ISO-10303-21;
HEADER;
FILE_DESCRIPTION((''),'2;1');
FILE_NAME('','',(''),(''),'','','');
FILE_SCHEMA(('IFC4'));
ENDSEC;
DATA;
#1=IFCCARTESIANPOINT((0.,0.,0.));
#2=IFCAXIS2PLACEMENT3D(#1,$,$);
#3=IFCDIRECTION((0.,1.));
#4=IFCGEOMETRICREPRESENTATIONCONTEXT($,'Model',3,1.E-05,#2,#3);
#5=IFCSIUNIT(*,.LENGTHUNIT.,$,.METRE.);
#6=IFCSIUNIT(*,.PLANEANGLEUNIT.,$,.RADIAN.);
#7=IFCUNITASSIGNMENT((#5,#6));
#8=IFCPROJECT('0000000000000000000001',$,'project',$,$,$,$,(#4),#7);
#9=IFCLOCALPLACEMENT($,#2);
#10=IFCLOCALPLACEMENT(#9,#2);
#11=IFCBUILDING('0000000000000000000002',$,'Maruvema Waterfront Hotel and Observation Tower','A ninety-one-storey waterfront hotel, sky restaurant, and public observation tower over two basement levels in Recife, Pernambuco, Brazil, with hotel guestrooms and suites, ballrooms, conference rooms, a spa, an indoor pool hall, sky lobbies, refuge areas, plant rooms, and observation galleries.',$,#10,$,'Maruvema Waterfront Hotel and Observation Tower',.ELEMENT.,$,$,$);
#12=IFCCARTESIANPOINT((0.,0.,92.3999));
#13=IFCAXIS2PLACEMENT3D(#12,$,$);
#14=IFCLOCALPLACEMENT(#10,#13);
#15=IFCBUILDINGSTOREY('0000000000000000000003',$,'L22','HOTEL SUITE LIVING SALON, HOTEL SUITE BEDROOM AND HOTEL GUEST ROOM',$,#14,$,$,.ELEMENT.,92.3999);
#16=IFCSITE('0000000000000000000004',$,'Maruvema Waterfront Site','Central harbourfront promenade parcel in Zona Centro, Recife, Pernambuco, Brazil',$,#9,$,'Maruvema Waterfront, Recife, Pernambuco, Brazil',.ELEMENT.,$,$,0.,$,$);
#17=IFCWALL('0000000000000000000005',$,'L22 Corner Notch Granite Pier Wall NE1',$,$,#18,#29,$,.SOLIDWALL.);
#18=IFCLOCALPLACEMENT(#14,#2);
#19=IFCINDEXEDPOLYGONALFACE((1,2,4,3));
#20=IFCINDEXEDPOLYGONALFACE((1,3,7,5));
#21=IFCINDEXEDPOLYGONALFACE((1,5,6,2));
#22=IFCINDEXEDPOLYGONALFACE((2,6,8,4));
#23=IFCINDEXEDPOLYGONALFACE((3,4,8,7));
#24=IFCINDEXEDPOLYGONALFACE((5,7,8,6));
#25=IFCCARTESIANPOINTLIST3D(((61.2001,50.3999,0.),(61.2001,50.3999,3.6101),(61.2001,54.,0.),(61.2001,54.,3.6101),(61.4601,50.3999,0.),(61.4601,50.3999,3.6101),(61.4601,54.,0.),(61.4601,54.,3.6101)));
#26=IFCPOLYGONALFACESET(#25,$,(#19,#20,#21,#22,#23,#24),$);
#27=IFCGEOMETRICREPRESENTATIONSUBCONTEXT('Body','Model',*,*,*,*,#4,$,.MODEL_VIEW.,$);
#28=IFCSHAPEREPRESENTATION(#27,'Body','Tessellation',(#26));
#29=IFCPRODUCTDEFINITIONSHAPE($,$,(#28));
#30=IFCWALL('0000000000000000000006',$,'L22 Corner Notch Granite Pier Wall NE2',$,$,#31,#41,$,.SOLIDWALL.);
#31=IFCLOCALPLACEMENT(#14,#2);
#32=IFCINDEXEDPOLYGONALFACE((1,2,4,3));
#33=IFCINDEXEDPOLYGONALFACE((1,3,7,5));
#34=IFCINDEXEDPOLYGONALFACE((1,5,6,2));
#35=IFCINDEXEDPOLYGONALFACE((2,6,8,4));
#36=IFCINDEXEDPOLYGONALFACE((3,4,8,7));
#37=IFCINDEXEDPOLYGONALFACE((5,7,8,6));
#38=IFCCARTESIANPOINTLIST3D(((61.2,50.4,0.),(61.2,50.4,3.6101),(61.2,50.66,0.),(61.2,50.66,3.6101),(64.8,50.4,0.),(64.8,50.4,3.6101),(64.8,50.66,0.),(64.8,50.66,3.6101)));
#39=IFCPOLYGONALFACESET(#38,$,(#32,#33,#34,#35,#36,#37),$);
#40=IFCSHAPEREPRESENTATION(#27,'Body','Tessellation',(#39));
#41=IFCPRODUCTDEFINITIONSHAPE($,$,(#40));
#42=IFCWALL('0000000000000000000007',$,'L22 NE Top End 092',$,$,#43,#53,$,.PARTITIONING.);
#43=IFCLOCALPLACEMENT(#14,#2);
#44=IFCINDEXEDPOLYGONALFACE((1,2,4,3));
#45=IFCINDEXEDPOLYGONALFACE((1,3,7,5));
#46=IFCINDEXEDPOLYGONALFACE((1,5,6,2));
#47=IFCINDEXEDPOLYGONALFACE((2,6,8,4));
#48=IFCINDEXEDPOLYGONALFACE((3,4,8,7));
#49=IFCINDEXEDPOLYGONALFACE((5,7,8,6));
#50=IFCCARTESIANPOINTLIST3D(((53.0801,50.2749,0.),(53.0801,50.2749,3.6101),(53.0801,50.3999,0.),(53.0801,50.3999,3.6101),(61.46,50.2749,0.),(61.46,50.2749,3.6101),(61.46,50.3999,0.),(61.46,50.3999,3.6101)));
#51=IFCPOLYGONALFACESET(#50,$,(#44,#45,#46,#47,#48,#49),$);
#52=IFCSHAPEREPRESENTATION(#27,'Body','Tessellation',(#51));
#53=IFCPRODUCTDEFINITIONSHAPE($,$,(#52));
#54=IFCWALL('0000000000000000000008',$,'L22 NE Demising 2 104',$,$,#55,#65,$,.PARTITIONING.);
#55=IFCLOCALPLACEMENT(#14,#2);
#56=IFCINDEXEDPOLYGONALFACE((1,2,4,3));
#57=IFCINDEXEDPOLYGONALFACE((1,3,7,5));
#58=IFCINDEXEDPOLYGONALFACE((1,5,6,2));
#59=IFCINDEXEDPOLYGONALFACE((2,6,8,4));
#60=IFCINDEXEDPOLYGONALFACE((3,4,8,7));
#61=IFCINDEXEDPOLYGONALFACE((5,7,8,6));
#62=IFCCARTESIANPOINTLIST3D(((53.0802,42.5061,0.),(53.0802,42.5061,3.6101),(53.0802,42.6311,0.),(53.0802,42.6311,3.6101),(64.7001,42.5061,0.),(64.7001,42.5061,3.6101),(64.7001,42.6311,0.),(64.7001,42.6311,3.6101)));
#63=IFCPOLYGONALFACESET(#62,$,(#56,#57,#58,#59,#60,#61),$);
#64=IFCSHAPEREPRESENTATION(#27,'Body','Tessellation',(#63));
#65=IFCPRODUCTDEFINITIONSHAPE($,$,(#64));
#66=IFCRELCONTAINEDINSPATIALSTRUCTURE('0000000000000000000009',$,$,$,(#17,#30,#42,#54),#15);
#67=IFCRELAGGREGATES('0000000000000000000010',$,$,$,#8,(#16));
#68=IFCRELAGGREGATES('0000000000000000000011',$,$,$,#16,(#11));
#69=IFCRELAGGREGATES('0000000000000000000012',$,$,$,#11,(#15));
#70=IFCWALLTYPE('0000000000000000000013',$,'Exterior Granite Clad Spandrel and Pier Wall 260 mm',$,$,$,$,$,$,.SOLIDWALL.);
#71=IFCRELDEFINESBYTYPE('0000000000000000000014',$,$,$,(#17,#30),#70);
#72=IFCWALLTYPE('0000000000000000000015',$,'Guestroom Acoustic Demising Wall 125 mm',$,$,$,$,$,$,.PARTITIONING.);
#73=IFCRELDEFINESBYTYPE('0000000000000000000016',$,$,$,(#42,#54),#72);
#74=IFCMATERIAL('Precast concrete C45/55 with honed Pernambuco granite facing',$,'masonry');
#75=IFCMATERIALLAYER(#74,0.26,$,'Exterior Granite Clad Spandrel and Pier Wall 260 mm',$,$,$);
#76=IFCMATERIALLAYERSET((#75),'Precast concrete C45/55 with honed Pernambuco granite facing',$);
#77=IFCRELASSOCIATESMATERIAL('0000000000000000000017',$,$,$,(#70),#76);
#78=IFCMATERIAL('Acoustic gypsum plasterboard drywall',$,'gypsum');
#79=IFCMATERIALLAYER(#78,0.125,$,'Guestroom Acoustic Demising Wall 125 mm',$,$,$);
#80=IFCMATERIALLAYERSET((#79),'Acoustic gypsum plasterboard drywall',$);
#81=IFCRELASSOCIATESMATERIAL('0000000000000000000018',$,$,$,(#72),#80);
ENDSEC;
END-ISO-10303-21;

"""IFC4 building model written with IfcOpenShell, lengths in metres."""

from ifc_helpers import new_model, si_unit, direction, frame, frame_2d, origin, place, context, subcontext, project, spatial, rectangle, extrude, material, layer, layer_set, type_object, element, save


model = new_model("IFC4")

# Units and contexts
model_context = context("Model", 3, precision=1e-05, world=origin(), true_north=direction((0.0, 1.0)))
body_context = subcontext(model_context, "Body", "Model", "MODEL_VIEW")
ifc_project = project(units=[si_unit("LENGTHUNIT", "METRE"), si_unit("PLANEANGLEUNIT", "RADIAN")], contexts=[model_context])

# Site, building, storey
site_placement = place(None, origin())
site = spatial("IfcSite", under=ifc_project, at=site_placement, Name="Maruvema Waterfront Site", Description="Central harbourfront promenade parcel in Zona Centro, Recife, Pernambuco, Brazil", LongName="Maruvema Waterfront, Recife, Pernambuco, Brazil", CompositionType="ELEMENT", RefElevation=0.0)
building_placement = place(site_placement, origin())
building = spatial("IfcBuilding", under=site, at=building_placement, Name="Maruvema Waterfront Hotel and Observation Tower", Description="A ninety-one-storey waterfront hotel, sky restaurant, and public observation tower over two basement levels in Recife, Pernambuco, Brazil, with hotel guestrooms and suites, ballrooms, conference rooms, a spa, an indoor pool hall, sky lobbies, refuge areas, plant rooms, and observation galleries.", LongName="Maruvema Waterfront Hotel and Observation Tower", CompositionType="ELEMENT")
storey_placement = place(building_placement, frame((0.0, 0.0, 92.3999)))
storey = spatial("IfcBuildingStorey", under=building, at=storey_placement, Name="L22", Description="HOTEL SUITE LIVING SALON, HOTEL SUITE BEDROOM AND HOTEL GUEST ROOM", CompositionType="ELEMENT", Elevation=92.3999)

# Walls
ifc_material_1 = material(Name="Precast concrete C45/55 with honed Pernambuco granite facing", Category="masonry")
ifc_layer_1 = layer(ifc_material_1, 0.26, Name="Exterior Granite Clad Spandrel and Pier Wall 260 mm")
ifc_layer_set_1 = layer_set([ifc_layer_1], Name="Precast concrete C45/55 with honed Pernambuco granite facing")
wall_type_1 = type_object("IfcWallType", Name="Exterior Granite Clad Spandrel and Pier Wall 260 mm", PredefinedType="SOLIDWALL", material=ifc_layer_set_1)
for number, where, z_axis, x_axis, name in (
    (1, (61.3301, 54.0, 0.0), (0.0, 0.0, 1.0), (0.0, -1.0, 0.0), "L22 Corner Notch Granite Pier Wall NE1"),
    (2, (61.2, 50.53, 0.0), (0.0, 0.0, 1.0), (1.0, 0.0, 0.0), "L22 Corner Notch Granite Pier Wall NE2"),
):
    element("IfcWall", number, at=place(storey_placement, frame(where, z_axis=z_axis, x_axis=x_axis)), inside=storey, type_object=wall_type_1, Name=name, PredefinedType="SOLIDWALL", context=body_context, shape_type="SweptSolid", body=[
        extrude(rectangle(XDim=3.6001, YDim=0.26, at=frame_2d((1.8, 0.0))), origin(), (0.0, 0.0, 1.0), 3.6101),
    ])
ifc_material_2 = material(Name="Acoustic gypsum plasterboard drywall", Category="gypsum")
ifc_layer_2 = layer(ifc_material_2, 0.125, Name="Guestroom Acoustic Demising Wall 125 mm")
ifc_layer_set_2 = layer_set([ifc_layer_2], Name="Acoustic gypsum plasterboard drywall")
wall_type_2 = type_object("IfcWallType", Name="Guestroom Acoustic Demising Wall 125 mm", PredefinedType="PARTITIONING", material=ifc_layer_set_2)
wall_1_placement = place(storey_placement, frame((53.0801, 50.3374, 0.0), z_axis=(0.0, 0.0, 1.0), x_axis=(1.0, 0.0, 0.0)))
element("IfcWall", 3, at=wall_1_placement, inside=storey, type_object=wall_type_2, Name="L22 NE Top End 092", PredefinedType="PARTITIONING", context=body_context, shape_type="SweptSolid", body=[
    extrude(rectangle(XDim=8.3799, YDim=0.125, at=frame_2d((4.1899, 0.0))), origin(), (0.0, 0.0, 1.0), 3.6101),
])
wall_2_placement = place(storey_placement, frame((53.0801, 42.5686, 0.0), z_axis=(0.0, 0.0, 1.0), x_axis=(1.0, 0.0, 0.0)))
element("IfcWall", 4, at=wall_2_placement, inside=storey, type_object=wall_type_2, Name="L22 NE Demising 2 104", PredefinedType="PARTITIONING", context=body_context, shape_type="SweptSolid", body=[
    extrude(rectangle(XDim=11.6199, YDim=0.125, at=frame_2d((5.8101, 0.0))), origin(), (0.0, 0.0, 1.0), 3.6101),
])

save(model, "model.ifc")
